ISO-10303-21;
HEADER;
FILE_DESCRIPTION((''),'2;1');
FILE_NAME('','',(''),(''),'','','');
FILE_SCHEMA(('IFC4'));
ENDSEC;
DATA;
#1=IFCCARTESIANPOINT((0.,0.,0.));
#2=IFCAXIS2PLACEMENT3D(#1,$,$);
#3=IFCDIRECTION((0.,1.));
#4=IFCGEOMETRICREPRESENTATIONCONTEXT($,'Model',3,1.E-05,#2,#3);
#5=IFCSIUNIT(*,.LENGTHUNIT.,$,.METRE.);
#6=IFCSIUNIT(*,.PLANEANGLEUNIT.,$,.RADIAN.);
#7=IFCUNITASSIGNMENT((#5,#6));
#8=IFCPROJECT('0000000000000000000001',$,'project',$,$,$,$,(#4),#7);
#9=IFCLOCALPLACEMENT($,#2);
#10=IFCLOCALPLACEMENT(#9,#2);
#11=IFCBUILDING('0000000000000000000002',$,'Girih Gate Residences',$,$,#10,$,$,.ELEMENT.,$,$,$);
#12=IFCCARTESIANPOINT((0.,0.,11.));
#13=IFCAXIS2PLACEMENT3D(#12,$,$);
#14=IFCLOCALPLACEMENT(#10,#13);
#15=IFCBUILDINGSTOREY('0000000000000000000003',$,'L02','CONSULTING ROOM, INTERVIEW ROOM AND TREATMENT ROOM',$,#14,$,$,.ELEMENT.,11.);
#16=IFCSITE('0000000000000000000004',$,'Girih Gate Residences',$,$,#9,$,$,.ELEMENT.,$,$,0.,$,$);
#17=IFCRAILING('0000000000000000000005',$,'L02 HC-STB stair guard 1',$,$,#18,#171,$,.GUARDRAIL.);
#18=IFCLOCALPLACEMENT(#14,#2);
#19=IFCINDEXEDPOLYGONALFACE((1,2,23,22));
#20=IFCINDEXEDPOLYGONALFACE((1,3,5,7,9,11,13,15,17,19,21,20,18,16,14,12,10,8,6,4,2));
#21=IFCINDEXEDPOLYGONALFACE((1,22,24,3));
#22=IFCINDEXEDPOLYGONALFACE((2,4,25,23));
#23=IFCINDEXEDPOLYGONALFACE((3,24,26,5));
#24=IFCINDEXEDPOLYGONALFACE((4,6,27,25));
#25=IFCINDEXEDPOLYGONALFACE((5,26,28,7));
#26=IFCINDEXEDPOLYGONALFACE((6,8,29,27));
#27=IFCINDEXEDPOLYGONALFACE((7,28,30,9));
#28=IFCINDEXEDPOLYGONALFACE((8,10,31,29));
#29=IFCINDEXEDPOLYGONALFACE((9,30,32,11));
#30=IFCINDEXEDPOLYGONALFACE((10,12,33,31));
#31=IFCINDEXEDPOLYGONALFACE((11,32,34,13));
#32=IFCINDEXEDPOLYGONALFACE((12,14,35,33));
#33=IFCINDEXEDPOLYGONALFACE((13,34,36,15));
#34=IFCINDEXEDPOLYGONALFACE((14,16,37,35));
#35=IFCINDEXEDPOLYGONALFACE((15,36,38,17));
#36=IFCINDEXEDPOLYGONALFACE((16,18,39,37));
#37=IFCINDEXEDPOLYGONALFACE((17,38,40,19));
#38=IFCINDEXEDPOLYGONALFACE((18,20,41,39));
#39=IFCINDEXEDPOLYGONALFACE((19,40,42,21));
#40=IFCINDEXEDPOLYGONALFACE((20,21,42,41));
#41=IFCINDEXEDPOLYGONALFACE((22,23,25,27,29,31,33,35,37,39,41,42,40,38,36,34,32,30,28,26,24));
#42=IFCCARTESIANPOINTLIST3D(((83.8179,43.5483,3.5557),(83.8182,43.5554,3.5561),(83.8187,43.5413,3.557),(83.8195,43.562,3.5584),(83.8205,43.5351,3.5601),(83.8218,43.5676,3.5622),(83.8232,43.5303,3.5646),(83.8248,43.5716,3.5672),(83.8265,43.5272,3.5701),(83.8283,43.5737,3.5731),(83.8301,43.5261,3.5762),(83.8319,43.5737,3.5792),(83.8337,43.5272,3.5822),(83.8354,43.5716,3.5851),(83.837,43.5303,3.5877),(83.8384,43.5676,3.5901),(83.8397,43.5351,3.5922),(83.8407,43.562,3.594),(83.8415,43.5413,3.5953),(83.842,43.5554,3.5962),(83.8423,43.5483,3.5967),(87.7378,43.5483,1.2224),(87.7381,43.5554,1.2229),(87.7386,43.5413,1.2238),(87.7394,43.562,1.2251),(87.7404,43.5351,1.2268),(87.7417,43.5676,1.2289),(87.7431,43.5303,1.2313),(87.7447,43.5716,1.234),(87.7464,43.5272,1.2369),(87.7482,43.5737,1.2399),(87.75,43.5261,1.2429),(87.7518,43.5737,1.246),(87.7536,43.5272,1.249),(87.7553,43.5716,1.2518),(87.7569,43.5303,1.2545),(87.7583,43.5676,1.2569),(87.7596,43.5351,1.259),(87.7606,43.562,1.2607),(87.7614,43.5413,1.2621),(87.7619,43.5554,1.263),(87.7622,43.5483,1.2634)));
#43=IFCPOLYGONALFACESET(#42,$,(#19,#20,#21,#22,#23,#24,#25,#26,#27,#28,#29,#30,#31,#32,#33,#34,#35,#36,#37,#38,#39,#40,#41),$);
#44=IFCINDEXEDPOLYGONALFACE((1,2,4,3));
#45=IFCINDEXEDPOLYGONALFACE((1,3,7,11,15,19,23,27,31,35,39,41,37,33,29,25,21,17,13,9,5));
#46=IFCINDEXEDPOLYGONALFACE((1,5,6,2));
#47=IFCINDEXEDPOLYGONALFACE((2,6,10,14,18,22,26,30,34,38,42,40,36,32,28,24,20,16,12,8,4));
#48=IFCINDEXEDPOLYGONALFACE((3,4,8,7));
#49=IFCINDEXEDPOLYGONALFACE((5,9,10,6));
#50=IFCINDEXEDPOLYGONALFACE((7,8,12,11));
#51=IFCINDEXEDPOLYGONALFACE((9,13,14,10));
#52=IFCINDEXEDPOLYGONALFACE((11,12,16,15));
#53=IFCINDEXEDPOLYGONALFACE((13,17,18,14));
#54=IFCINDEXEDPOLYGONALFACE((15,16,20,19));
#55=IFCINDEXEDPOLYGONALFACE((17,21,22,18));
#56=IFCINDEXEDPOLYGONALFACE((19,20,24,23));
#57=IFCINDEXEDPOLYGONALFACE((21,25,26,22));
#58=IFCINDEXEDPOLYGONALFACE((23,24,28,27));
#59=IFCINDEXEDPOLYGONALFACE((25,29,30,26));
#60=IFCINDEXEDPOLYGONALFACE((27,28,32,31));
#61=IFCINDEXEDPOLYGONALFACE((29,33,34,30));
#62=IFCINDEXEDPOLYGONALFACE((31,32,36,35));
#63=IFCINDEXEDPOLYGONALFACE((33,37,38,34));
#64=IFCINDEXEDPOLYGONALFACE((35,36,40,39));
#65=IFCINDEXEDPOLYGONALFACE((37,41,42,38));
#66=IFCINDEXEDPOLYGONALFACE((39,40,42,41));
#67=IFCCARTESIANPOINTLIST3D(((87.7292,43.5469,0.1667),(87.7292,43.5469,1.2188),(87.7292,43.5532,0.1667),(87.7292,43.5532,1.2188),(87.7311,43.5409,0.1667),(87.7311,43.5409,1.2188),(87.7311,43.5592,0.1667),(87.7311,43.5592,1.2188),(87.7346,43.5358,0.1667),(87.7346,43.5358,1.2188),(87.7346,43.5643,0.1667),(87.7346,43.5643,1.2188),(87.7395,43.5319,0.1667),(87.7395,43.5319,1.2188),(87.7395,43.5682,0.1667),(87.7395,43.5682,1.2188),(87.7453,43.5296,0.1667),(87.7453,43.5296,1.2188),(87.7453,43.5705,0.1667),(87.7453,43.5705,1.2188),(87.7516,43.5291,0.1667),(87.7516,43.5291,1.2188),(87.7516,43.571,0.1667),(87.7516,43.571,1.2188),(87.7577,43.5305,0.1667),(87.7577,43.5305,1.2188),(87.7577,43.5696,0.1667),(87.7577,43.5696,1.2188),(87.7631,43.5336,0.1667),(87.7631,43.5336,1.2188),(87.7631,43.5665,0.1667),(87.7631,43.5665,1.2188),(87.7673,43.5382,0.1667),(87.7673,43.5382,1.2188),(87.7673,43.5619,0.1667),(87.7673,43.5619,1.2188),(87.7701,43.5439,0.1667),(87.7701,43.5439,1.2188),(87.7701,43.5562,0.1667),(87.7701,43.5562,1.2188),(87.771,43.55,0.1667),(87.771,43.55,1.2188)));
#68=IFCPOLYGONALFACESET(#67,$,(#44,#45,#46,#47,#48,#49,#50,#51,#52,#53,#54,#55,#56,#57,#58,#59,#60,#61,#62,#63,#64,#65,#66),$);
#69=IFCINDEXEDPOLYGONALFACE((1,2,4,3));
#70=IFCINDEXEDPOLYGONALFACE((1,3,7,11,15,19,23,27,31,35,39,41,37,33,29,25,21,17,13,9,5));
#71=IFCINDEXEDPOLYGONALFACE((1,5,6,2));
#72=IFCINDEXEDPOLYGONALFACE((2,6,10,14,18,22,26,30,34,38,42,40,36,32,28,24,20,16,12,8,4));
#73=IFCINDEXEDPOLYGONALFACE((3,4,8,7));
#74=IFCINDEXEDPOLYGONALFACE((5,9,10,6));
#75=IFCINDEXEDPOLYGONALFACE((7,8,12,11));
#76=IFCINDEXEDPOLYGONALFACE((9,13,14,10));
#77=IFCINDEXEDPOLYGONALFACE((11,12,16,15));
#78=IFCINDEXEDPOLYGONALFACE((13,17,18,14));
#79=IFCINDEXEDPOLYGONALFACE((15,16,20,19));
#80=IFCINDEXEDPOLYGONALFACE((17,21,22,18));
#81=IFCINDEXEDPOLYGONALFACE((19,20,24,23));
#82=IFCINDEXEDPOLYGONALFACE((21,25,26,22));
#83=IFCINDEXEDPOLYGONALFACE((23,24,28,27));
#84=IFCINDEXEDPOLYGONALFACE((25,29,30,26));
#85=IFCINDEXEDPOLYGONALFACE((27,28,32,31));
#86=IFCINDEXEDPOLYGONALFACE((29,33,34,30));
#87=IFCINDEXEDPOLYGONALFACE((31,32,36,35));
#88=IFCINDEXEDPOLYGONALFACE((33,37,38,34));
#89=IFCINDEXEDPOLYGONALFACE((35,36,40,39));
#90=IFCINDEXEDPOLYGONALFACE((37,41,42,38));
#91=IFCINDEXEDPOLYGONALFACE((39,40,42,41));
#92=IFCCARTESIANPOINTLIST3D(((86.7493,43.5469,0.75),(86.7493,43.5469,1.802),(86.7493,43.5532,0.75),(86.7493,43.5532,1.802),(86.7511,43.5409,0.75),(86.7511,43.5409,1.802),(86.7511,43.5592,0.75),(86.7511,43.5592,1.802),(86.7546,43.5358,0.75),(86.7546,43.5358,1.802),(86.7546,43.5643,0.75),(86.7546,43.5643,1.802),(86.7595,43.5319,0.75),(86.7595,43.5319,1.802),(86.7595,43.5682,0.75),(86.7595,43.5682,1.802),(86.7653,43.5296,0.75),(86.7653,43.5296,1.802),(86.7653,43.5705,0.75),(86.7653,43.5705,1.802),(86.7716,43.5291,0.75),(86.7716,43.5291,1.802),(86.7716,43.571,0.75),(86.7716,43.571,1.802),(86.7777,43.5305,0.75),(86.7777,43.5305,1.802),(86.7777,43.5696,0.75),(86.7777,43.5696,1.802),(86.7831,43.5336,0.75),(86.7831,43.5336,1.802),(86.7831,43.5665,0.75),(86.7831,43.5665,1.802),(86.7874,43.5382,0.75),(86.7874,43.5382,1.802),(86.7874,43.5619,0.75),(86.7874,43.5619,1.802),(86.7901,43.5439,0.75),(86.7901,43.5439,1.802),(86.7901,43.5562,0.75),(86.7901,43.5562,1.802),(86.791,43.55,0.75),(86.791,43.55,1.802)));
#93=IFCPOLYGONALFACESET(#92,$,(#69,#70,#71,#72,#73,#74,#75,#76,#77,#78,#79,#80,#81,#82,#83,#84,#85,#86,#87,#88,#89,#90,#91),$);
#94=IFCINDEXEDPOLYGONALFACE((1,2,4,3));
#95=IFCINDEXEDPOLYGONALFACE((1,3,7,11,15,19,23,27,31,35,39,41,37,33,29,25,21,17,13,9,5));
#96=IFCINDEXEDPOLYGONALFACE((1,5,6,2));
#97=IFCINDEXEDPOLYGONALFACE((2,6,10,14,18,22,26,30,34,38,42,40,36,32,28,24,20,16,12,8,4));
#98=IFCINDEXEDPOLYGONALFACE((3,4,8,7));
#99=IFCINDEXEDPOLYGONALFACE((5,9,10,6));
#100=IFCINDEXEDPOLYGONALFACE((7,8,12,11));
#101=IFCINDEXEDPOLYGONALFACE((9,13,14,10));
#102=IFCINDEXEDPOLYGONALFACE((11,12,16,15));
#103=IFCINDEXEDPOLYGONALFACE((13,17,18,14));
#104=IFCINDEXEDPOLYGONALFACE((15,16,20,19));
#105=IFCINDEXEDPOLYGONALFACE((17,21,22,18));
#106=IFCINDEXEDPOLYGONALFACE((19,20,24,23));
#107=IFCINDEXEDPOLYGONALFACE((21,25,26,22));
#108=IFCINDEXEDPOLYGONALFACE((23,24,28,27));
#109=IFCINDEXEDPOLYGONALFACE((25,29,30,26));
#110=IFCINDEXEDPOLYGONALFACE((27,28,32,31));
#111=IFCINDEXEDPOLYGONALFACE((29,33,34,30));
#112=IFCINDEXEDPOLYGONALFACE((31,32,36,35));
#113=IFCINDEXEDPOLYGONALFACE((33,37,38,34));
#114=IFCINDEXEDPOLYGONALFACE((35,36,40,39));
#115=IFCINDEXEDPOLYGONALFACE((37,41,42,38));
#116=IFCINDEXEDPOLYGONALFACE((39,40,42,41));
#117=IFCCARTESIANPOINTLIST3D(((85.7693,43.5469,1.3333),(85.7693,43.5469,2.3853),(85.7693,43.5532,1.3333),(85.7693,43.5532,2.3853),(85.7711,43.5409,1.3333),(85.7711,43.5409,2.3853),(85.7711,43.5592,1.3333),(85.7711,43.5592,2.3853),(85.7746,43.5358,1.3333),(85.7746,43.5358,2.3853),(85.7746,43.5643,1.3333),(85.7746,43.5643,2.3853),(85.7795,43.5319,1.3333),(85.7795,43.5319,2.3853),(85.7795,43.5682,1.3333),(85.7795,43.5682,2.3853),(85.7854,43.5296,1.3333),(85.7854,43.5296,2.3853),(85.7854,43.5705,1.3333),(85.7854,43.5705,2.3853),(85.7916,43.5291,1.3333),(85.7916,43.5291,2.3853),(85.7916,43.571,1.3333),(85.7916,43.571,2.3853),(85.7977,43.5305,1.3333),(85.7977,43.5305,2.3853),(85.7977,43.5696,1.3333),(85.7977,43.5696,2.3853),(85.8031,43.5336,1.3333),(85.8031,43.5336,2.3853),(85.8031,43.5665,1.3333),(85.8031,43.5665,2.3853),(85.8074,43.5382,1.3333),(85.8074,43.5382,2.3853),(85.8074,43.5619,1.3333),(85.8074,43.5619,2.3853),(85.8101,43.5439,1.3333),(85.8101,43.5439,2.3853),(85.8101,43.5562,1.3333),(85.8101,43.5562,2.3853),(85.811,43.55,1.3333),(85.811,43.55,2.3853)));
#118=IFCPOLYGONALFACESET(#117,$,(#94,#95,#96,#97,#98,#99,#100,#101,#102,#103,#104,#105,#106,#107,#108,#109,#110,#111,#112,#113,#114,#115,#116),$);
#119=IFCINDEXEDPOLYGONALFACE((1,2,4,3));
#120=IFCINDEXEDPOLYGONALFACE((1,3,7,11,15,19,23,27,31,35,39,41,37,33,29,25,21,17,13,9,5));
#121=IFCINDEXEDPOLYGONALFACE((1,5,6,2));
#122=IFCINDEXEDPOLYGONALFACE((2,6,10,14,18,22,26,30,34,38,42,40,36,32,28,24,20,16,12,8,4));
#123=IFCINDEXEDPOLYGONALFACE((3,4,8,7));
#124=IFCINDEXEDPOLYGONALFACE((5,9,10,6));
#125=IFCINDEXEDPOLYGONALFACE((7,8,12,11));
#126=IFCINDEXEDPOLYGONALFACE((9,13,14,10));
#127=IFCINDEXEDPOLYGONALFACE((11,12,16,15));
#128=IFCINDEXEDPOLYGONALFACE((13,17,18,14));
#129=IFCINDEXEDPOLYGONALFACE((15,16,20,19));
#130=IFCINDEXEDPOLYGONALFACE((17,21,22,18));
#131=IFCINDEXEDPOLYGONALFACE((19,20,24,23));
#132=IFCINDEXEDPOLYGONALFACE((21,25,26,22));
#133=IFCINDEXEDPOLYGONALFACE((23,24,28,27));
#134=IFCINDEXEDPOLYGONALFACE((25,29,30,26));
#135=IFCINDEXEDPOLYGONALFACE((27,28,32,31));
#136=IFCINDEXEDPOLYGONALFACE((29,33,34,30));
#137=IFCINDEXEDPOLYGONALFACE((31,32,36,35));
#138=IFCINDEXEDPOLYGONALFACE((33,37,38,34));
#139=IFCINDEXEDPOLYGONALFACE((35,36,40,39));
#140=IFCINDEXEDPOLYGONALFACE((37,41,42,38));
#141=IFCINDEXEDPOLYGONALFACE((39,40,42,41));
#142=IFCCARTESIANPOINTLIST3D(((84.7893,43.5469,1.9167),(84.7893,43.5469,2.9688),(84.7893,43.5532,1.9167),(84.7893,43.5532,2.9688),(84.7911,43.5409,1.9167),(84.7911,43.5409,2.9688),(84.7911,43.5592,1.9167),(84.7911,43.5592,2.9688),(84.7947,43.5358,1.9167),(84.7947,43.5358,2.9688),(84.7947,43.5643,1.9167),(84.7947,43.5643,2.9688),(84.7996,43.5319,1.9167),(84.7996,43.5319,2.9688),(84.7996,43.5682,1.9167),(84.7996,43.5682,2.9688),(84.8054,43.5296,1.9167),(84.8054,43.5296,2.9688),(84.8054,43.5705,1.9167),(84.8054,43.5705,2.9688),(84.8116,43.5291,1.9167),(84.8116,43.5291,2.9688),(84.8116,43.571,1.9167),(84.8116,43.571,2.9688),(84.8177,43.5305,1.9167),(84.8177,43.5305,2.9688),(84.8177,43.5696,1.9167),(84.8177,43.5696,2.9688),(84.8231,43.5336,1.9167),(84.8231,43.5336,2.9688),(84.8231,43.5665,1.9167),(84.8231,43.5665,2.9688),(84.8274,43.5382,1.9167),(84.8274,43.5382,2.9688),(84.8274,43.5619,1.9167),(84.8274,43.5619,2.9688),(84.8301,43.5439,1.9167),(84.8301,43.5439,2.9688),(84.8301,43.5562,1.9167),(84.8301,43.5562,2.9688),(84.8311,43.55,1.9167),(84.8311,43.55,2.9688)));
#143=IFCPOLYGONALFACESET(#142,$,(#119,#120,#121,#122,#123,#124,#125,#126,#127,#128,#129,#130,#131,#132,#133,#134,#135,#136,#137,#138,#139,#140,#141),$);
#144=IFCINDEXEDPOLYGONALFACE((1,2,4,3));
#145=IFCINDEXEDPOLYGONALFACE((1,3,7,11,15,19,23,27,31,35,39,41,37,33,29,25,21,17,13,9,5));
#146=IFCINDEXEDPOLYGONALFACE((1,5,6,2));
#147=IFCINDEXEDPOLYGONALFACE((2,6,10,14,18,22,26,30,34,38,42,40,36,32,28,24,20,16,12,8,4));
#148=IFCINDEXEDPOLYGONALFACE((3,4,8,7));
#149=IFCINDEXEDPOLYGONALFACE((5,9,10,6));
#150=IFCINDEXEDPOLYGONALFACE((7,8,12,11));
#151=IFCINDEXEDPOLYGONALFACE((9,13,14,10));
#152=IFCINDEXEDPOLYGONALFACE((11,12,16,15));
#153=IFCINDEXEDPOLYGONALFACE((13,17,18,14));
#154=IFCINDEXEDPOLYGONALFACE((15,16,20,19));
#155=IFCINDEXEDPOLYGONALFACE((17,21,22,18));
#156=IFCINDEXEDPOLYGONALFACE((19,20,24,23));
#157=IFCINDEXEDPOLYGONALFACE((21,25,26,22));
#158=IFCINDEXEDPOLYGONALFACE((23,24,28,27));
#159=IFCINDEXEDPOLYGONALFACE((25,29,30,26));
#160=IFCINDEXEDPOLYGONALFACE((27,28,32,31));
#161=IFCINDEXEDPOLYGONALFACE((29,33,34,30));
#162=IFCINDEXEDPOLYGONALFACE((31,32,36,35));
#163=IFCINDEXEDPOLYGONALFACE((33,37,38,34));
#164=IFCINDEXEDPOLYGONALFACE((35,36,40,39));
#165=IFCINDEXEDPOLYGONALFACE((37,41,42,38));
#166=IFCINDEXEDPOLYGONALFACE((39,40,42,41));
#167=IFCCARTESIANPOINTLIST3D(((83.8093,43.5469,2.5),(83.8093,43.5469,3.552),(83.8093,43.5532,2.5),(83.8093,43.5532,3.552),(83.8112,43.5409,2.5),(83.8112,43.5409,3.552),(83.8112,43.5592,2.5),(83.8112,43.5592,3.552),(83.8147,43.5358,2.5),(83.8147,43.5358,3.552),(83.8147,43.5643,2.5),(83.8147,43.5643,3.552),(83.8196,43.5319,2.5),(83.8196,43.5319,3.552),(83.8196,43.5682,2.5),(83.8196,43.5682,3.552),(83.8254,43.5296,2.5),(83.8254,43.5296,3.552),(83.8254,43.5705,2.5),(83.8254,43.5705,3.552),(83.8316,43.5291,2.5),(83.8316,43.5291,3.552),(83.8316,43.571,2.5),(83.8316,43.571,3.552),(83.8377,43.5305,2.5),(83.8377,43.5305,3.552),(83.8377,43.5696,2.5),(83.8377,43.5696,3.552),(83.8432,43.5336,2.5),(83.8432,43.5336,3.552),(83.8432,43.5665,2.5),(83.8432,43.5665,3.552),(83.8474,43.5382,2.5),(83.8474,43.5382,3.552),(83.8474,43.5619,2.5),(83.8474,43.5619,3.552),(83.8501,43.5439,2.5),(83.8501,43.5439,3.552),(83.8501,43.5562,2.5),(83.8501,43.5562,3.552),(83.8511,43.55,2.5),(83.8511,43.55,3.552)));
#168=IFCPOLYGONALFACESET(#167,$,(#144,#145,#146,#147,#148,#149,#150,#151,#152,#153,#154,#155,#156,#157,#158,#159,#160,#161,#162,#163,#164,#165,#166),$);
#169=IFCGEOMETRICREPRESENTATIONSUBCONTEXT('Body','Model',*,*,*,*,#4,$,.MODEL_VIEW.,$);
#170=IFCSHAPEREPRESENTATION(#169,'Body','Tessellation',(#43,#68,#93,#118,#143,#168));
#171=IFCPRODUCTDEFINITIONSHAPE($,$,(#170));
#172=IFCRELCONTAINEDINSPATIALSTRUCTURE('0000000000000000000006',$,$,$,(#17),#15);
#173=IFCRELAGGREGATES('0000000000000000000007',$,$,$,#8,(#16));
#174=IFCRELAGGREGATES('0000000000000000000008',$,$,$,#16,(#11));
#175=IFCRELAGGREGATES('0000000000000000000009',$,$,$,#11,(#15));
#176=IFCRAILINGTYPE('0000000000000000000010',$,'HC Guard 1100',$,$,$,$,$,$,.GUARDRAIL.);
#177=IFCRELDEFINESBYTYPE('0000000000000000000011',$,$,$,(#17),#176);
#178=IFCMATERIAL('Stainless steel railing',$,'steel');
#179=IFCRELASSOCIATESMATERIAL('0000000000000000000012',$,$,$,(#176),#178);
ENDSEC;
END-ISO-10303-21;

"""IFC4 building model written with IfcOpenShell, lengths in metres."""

from ifc_helpers import new_model, si_unit, direction, frame, origin, origin_2d, place, context, subcontext, project, spatial, circle, extrude, material, type_object, element, save


model = new_model("IFC4")

# Units and contexts
model_context = context("Model", 3, precision=1e-05, world=origin(), true_north=direction((0.0, 1.0)))
body_context = subcontext(model_context, "Body", "Model", "MODEL_VIEW")
ifc_project = project(units=[si_unit("LENGTHUNIT", "METRE"), si_unit("PLANEANGLEUNIT", "RADIAN")], contexts=[model_context])

# Site, building, storey
site_placement = place(None, origin())
site = spatial("IfcSite", under=ifc_project, at=site_placement, Name="Girih Gate Residences", CompositionType="ELEMENT", RefElevation=0.0)
building_placement = place(site_placement, origin())
building = spatial("IfcBuilding", under=site, at=building_placement, Name="Girih Gate Residences", CompositionType="ELEMENT")
storey_placement = place(building_placement, frame((0.0, 0.0, 11.0)))
storey = spatial("IfcBuildingStorey", under=building, at=storey_placement, Name="L02", Description="CONSULTING ROOM, INTERVIEW ROOM AND TREATMENT ROOM", CompositionType="ELEMENT", Elevation=11.0)

# Railing
ifc_material_1 = material(Name="Stainless steel railing", Category="steel")
railing_type_1 = type_object("IfcRailingType", Name="HC Guard 1100", PredefinedType="GUARDRAIL", material=ifc_material_1)
railing_1_placement = place(storey_placement, frame((87.75, 43.55, 0.1667)))
element("IfcRailing", 1, at=railing_1_placement, inside=storey, type_object=railing_type_1, Name="L02 HC-STB stair guard 1", PredefinedType="GUARDRAIL", context=body_context, shape_type="SweptSolid", body=[
    extrude(circle(Radius=0.0239, at=origin_2d()), frame((0.0, 0.0, 1.0762), z_axis=(-0.859296, 0.0, 0.511478), x_axis=(0.0, -1.0, 0.0)), (0.0, 0.0, 1.0), 4.5618),
    extrude(circle(Radius=0.021, at=origin_2d()), origin(), (0.0, 0.0, 1.0), 1.052),
    extrude(circle(Radius=0.021, at=origin_2d()), frame((-0.98, 0.0, 0.5833)), (0.0, 0.0, 1.0), 1.052),
    extrude(circle(Radius=0.021, at=origin_2d()), frame((-1.96, 0.0, 1.1665)), (0.0, 0.0, 1.0), 1.052),
    extrude(circle(Radius=0.021, at=origin_2d()), frame((-2.9399, 0.0, 1.75)), (0.0, 0.0, 1.0), 1.052),
    extrude(circle(Radius=0.021, at=origin_2d()), frame((-3.9199, 0.0, 2.3333)), (0.0, 0.0, 1.0), 1.052),
])

save(model, "model.ifc")
